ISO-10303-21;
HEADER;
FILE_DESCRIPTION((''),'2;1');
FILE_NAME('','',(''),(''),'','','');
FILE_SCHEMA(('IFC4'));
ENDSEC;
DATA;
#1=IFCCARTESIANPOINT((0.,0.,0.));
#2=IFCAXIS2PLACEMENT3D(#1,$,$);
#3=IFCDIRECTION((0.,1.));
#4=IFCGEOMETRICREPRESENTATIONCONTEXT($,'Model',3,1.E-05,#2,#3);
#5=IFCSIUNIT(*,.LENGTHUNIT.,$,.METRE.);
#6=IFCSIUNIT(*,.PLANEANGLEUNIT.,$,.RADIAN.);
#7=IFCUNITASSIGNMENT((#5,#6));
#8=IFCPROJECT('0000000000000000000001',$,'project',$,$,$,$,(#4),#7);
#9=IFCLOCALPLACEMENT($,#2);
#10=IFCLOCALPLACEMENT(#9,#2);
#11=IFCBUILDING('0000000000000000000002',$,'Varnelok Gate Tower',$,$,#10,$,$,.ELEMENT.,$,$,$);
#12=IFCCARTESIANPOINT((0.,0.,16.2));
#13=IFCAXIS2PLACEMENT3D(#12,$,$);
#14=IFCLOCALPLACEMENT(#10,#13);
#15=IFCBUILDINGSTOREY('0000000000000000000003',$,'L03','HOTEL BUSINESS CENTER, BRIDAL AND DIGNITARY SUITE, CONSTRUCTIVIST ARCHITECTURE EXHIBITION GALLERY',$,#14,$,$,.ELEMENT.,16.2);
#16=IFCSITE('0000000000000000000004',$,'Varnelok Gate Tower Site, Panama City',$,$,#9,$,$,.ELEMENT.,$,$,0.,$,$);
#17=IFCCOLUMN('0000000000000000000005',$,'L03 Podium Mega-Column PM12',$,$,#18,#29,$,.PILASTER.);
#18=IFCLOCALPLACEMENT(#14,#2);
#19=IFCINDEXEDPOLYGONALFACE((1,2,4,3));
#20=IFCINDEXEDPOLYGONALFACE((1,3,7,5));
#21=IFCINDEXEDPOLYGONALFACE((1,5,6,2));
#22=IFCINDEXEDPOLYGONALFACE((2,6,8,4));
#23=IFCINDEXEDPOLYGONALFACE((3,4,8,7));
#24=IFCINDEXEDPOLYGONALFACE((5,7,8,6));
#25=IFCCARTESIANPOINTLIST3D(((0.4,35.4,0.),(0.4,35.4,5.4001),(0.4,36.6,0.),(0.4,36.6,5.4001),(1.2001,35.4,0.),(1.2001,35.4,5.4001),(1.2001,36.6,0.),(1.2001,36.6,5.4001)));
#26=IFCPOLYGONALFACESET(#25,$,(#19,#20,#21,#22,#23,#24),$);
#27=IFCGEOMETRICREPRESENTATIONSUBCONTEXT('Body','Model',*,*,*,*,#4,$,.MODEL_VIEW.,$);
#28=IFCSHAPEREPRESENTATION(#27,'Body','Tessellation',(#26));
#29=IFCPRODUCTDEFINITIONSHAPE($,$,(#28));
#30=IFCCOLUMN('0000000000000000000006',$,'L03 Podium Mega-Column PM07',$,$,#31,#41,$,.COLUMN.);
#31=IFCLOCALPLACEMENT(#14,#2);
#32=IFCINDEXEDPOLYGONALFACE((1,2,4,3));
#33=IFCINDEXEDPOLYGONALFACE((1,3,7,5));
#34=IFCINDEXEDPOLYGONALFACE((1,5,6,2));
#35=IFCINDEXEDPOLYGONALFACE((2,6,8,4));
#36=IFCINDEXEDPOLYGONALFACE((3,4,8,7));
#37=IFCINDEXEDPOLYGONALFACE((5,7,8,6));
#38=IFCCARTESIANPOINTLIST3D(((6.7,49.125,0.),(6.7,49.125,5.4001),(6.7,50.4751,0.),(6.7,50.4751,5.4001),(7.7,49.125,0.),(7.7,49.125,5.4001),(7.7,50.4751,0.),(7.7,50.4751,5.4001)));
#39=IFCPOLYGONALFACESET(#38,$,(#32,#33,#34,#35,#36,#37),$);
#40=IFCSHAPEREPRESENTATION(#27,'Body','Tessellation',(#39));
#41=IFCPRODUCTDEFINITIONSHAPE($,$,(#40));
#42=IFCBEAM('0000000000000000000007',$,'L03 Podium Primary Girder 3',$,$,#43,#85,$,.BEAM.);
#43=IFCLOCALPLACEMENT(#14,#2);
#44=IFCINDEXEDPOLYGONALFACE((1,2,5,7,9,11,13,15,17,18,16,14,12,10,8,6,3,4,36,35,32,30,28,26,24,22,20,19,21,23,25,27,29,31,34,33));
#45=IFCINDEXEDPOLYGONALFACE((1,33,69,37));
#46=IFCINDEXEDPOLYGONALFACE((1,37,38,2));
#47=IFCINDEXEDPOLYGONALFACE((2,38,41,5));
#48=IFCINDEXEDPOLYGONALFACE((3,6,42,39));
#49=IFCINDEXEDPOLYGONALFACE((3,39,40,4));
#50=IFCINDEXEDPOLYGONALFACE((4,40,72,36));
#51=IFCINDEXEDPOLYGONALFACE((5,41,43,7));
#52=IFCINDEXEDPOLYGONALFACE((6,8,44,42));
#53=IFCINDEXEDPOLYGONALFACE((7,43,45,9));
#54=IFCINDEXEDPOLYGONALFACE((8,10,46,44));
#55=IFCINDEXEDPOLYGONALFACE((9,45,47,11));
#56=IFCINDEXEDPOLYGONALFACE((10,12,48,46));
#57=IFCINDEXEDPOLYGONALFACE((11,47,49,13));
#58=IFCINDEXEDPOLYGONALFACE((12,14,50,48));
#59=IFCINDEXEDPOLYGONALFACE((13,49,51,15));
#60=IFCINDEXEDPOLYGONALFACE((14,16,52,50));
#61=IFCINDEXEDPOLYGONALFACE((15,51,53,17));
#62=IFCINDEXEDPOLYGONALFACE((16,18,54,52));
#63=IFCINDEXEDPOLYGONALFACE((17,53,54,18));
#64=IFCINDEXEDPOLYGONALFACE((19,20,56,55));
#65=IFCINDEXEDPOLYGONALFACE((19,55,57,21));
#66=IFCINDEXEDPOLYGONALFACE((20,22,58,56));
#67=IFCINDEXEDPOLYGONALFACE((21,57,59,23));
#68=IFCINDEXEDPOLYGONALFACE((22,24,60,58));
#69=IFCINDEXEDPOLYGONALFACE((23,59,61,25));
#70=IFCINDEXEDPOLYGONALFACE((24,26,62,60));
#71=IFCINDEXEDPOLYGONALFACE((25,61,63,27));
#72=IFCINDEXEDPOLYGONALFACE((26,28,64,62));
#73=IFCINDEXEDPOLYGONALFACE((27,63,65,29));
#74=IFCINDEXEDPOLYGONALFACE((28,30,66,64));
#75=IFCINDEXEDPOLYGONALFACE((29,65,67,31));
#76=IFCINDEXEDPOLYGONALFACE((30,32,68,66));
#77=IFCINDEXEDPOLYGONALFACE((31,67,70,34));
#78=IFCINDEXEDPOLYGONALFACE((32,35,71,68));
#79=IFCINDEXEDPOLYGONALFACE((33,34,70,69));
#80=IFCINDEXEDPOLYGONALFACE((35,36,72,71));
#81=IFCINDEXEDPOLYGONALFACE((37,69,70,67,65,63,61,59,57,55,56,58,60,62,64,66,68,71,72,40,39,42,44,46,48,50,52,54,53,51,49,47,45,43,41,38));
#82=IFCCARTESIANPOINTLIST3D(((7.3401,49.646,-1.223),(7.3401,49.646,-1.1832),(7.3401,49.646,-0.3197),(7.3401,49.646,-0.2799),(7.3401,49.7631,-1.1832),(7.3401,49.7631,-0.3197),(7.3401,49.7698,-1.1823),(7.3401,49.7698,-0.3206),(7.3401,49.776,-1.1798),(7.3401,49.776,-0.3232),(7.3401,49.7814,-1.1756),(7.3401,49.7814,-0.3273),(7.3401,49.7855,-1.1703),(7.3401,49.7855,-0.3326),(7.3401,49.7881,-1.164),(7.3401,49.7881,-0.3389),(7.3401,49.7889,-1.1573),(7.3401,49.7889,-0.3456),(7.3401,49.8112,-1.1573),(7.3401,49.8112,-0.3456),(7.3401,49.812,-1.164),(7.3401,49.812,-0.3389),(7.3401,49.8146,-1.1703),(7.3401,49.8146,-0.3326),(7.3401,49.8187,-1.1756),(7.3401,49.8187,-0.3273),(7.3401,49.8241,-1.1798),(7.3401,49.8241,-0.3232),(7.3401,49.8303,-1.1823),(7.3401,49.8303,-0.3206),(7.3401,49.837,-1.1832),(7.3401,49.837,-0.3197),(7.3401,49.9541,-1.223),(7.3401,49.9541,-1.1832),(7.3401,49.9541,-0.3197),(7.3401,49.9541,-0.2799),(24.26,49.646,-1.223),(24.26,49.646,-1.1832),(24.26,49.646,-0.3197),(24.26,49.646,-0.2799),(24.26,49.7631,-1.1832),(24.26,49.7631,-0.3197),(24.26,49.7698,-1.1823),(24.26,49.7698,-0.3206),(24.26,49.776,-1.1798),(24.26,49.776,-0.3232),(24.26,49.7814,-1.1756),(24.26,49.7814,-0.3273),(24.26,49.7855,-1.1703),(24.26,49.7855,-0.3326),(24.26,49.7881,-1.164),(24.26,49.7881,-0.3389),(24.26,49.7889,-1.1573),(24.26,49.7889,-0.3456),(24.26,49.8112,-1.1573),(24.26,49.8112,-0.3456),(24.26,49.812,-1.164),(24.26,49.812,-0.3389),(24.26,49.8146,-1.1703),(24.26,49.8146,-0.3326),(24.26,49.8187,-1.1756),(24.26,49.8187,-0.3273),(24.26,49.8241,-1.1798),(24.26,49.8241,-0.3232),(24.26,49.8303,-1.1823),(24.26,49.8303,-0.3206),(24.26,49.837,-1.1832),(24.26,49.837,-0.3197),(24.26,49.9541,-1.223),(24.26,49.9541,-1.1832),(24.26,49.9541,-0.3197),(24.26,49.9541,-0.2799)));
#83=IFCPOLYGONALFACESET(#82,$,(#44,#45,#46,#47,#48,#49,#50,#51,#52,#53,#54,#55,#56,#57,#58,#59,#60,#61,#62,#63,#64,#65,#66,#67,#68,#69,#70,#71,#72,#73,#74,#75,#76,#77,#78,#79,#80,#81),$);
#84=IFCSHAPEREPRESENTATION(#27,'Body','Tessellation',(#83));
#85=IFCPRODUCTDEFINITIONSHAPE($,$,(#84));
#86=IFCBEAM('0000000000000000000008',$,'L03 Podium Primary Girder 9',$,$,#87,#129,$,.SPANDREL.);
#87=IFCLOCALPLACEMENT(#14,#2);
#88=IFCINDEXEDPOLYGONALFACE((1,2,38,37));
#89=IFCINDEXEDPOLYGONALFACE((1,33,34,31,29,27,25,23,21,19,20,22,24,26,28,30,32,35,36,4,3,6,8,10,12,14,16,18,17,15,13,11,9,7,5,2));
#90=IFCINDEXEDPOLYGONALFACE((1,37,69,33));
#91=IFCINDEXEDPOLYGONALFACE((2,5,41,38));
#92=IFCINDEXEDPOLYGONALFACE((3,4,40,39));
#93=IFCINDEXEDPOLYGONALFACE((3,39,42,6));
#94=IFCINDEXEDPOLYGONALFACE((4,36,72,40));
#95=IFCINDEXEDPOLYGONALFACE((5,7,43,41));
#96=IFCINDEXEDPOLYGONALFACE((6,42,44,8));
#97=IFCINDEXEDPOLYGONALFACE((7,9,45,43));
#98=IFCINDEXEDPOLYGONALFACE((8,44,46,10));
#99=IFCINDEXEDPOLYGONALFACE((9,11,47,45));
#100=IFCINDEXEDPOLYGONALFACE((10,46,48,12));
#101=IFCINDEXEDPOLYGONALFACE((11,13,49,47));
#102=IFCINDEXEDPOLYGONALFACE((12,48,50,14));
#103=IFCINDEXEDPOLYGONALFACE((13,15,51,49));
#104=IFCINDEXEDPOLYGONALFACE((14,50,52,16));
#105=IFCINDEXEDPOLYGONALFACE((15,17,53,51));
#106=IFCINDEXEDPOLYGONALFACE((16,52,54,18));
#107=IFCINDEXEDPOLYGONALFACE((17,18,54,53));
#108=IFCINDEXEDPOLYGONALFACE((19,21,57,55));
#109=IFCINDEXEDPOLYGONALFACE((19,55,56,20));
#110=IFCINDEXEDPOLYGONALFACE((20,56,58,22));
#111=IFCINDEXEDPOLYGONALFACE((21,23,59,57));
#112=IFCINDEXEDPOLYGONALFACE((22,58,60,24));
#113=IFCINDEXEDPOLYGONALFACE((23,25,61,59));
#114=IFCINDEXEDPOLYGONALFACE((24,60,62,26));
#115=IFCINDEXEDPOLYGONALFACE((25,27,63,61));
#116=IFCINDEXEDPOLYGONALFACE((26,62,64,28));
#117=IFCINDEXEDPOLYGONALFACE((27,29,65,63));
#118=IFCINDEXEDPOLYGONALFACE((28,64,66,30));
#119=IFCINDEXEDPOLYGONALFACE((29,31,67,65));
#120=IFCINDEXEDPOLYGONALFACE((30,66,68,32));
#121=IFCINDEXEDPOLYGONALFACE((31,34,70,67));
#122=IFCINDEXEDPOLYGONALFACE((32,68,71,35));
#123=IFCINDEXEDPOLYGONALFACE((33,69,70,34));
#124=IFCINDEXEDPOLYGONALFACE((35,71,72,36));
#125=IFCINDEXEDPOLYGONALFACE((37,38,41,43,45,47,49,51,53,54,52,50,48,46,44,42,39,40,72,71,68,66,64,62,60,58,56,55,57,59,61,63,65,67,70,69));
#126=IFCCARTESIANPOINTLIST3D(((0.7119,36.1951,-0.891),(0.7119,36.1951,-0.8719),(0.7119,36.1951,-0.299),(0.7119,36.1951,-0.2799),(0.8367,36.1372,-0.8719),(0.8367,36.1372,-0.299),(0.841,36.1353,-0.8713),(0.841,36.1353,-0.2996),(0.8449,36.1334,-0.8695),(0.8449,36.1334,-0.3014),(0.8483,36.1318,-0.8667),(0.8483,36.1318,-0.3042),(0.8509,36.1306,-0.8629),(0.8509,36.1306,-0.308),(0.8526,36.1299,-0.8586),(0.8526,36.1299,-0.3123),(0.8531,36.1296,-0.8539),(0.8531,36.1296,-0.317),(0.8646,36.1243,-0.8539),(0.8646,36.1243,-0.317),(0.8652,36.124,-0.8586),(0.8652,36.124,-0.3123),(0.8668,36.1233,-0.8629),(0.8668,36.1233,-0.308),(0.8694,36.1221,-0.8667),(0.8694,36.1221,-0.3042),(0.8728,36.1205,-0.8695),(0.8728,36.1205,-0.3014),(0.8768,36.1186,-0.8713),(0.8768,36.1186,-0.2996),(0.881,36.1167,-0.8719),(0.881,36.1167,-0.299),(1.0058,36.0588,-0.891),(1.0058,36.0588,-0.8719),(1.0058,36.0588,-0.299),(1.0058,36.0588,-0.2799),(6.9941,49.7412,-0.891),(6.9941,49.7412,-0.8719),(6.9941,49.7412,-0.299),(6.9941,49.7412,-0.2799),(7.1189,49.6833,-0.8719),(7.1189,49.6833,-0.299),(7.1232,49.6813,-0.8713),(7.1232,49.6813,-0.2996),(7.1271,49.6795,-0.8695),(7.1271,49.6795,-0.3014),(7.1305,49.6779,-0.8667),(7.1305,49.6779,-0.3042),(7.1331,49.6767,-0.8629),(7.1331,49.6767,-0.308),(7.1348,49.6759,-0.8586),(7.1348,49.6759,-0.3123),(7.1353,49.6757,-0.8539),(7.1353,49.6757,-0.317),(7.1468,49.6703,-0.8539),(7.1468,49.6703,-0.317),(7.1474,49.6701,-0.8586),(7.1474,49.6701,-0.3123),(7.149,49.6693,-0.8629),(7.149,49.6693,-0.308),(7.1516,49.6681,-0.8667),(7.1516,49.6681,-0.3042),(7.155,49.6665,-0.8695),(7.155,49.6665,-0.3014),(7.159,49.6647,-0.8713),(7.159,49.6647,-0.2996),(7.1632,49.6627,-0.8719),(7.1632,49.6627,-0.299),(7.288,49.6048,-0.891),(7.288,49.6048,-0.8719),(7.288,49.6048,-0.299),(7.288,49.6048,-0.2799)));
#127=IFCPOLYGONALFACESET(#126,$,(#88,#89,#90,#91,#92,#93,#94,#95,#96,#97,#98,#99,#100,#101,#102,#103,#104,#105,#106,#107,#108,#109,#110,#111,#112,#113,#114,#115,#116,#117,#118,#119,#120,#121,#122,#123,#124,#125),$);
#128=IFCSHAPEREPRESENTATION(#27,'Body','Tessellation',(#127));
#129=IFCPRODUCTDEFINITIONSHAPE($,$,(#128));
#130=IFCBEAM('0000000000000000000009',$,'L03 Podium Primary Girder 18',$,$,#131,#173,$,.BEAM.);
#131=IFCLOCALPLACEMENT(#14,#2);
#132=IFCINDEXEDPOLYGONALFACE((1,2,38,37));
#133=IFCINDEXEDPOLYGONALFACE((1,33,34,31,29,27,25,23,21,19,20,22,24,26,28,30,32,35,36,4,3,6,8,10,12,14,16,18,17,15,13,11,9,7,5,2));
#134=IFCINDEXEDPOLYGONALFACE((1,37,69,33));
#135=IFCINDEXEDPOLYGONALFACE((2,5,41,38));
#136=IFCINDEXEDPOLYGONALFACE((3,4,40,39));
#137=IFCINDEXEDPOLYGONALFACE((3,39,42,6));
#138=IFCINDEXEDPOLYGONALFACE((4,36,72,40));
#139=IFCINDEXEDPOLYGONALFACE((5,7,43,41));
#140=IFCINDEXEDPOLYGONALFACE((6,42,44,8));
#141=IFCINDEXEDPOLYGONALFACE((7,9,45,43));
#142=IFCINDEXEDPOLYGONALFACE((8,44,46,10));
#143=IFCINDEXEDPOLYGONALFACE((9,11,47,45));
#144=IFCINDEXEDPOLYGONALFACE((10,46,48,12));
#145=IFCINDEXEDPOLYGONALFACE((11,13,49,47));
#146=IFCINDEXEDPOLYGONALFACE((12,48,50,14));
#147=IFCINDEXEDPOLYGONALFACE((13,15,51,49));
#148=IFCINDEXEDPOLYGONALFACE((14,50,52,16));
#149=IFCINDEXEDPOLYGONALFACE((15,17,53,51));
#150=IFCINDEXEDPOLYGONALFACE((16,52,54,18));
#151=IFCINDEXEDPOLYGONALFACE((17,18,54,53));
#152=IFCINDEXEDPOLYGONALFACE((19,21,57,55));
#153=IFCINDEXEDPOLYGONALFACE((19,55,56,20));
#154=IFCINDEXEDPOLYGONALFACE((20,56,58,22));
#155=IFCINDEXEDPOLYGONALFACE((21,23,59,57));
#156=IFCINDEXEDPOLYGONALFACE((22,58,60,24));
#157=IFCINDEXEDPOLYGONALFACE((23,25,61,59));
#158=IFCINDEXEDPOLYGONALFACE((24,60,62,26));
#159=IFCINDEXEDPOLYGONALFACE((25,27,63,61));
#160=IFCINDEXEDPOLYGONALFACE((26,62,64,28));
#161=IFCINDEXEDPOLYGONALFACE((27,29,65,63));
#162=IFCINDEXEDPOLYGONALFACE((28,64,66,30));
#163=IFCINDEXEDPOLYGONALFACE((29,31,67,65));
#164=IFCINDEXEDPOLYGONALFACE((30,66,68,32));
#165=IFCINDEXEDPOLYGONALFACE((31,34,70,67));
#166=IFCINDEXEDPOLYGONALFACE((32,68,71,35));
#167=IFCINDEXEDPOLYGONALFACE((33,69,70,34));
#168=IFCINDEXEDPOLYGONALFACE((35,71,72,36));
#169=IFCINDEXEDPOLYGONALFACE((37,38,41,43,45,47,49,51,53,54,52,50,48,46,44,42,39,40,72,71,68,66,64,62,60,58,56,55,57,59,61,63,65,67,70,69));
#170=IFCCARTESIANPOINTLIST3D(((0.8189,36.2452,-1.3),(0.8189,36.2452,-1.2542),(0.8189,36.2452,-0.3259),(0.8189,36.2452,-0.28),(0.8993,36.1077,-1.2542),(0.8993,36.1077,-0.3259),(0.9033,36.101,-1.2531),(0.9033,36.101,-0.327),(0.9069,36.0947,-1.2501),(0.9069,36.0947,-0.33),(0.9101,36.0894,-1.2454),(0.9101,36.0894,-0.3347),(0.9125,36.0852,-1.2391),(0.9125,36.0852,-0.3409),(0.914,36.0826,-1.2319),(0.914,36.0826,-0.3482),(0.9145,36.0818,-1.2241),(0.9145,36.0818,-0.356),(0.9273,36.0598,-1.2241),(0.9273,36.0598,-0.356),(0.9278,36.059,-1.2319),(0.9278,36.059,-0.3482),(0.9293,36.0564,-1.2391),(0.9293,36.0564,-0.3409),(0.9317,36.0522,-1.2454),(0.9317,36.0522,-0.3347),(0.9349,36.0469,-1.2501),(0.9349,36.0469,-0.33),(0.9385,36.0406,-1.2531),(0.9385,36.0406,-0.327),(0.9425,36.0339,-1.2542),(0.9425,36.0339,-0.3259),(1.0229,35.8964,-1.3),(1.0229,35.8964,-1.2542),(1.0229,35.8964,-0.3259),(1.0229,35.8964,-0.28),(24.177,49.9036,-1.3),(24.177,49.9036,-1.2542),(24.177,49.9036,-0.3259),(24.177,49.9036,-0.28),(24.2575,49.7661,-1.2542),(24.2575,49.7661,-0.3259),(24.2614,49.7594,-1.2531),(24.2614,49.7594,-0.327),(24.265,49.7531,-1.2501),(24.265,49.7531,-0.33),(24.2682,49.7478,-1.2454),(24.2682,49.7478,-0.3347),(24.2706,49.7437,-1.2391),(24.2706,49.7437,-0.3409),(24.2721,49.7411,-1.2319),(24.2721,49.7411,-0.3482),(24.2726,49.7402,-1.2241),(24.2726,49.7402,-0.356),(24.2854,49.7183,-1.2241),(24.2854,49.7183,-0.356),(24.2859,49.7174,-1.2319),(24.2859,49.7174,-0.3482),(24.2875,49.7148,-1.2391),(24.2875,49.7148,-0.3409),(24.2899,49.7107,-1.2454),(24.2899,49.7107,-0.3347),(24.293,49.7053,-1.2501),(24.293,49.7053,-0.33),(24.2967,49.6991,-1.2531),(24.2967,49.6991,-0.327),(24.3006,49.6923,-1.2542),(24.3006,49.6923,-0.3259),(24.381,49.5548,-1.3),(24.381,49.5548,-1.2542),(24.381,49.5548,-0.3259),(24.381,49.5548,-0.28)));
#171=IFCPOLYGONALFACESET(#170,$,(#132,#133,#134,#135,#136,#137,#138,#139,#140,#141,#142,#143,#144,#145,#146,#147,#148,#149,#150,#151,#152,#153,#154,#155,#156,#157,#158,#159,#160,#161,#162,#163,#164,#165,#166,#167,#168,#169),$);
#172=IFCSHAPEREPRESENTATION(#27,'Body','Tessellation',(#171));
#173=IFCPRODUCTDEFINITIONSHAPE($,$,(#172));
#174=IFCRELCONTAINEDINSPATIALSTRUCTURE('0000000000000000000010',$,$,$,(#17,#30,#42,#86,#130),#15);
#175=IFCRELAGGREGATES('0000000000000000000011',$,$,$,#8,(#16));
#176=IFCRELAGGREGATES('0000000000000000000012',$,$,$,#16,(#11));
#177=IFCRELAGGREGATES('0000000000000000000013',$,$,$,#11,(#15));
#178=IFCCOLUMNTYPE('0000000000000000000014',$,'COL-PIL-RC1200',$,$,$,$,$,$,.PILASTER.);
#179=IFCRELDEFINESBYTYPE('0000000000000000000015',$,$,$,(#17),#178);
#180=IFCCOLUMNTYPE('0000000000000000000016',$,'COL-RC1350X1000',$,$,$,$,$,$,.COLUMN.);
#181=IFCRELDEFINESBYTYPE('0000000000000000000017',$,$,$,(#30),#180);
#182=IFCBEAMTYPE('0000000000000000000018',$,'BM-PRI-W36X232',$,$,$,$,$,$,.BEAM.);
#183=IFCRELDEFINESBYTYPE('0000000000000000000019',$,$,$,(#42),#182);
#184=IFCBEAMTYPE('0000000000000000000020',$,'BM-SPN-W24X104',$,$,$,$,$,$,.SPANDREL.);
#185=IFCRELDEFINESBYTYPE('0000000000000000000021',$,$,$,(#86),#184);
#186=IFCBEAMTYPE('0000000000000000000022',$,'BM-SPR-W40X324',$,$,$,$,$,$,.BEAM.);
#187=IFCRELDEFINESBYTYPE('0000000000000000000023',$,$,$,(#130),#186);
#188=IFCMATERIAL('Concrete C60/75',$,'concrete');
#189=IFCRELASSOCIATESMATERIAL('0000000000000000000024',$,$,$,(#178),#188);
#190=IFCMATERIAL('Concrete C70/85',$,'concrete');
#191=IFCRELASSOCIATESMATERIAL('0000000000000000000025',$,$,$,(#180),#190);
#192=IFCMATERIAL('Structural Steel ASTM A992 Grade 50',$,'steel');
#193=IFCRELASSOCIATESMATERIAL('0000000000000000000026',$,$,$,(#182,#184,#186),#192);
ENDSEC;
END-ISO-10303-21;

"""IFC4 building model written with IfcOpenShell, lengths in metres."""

from ifc_helpers import new_model, si_unit, direction, frame, origin, origin_2d, place, context, subcontext, project, spatial, rectangle, i_section, extrude, material, material_profile, profile_set, type_object, element, save


model = new_model("IFC4")

# Units and contexts
model_context = context("Model", 3, precision=1e-05, world=origin(), true_north=direction((0.0, 1.0)))
body_context = subcontext(model_context, "Body", "Model", "MODEL_VIEW")
ifc_project = project(units=[si_unit("LENGTHUNIT", "METRE"), si_unit("PLANEANGLEUNIT", "RADIAN")], contexts=[model_context])

# Site, building, storey
site_placement = place(None, origin())
site = spatial("IfcSite", under=ifc_project, at=site_placement, Name="Varnelok Gate Tower Site, Panama City", CompositionType="ELEMENT", RefElevation=0.0)
building_placement = place(site_placement, origin())
building = spatial("IfcBuilding", under=site, at=building_placement, Name="Varnelok Gate Tower", CompositionType="ELEMENT")
storey_placement = place(building_placement, frame((0.0, 0.0, 16.2)))
storey = spatial("IfcBuildingStorey", under=building, at=storey_placement, Name="L03", Description="HOTEL BUSINESS CENTER, BRIDAL AND DIGNITARY SUITE, CONSTRUCTIVIST ARCHITECTURE EXHIBITION GALLERY", CompositionType="ELEMENT", Elevation=16.2)

# Columns
ifc_material_1 = material(Name="Concrete C60/75", Category="concrete")
ifc_material_profile_1 = material_profile(ifc_material_1, rectangle(XDim=0.8, YDim=1.2, at=origin_2d()), Name="RC1200X800")
ifc_profile_set_1 = profile_set([ifc_material_profile_1], Name="Concrete C60/75")
column_type_1 = type_object("IfcColumnType", Name="COL-PIL-RC1200", PredefinedType="PILASTER", material=ifc_profile_set_1)
column_1_placement = place(storey_placement, frame((0.8, 36.0, 0.0), z_axis=(0.0, 0.0, 1.0), x_axis=(1.0, 0.0, 0.0)))
element("IfcColumn", 1, at=column_1_placement, inside=storey, type_object=column_type_1, Name="L03 Podium Mega-Column PM12", PredefinedType="PILASTER", context=body_context, shape_type="SweptSolid", body=[
    extrude(rectangle(XDim=0.8, YDim=1.2, at=origin_2d()), origin(), (0.0, 0.0, 1.0), 5.4001),
])
ifc_material_2 = material(Name="Concrete C70/85", Category="concrete")
ifc_material_profile_2 = material_profile(ifc_material_2, rectangle(XDim=1.0, YDim=1.3501, at=origin_2d()), Name="RC1350X1000")
ifc_profile_set_2 = profile_set([ifc_material_profile_2], Name="Concrete C70/85")
column_type_2 = type_object("IfcColumnType", Name="COL-RC1350X1000", PredefinedType="COLUMN", material=ifc_profile_set_2)
column_2_placement = place(storey_placement, frame((7.2, 49.8, 0.0), z_axis=(0.0, 0.0, 1.0), x_axis=(1.0, 0.0, 0.0)))
element("IfcColumn", 2, at=column_2_placement, inside=storey, type_object=column_type_2, Name="L03 Podium Mega-Column PM07", PredefinedType="COLUMN", context=body_context, shape_type="SweptSolid", body=[
    extrude(rectangle(XDim=1.0, YDim=1.3501, at=origin_2d()), origin(), (0.0, 0.0, 1.0), 5.4001),
])

# Beams
ifc_material_3 = material(Name="Structural Steel ASTM A992 Grade 50", Category="steel")
ifc_material_profile_3 = material_profile(ifc_material_3, i_section(OverallWidth=0.3081, OverallDepth=0.9431, WebThickness=0.0222, FlangeThickness=0.0398, FilletRadius=0.0259, at=origin_2d()), Name="W36X232")
ifc_profile_set_3 = profile_set([ifc_material_profile_3], Name="Structural Steel ASTM A992 Grade 50")
beam_type_1 = type_object("IfcBeamType", Name="BM-PRI-W36X232", PredefinedType="BEAM", material=ifc_profile_set_3)
beam_1_placement = place(storey_placement, frame((7.3401, 49.8, -0.7515), z_axis=(1.0, 0.0, 0.0), x_axis=(0.0, 1.0, 0.0)))
element("IfcBeam", 3, at=beam_1_placement, inside=storey, type_object=beam_type_1, Name="L03 Podium Primary Girder 3", PredefinedType="BEAM", context=body_context, shape_type="SweptSolid", body=[
    extrude(i_section(OverallWidth=0.3081, OverallDepth=0.9431, WebThickness=0.0222, FlangeThickness=0.0398, FilletRadius=0.0259, at=origin_2d()), origin(), (0.0, 0.0, 1.0), 16.9199),
])
ifc_material_profile_4 = material_profile(ifc_material_3, i_section(OverallWidth=0.324, OverallDepth=0.6111, WebThickness=0.0127, FlangeThickness=0.019, FilletRadius=0.0181, at=origin_2d()), Name="W24X104")
ifc_profile_set_4 = profile_set([ifc_material_profile_4], Name="Structural Steel ASTM A992 Grade 50")
beam_type_2 = type_object("IfcBeamType", Name="BM-SPN-W24X104", PredefinedType="SPANDREL", material=ifc_profile_set_4)
beam_2_placement = place(storey_placement, frame((0.8589, 36.127, -0.5854), z_axis=(0.420723, 0.907189, 0.0), x_axis=(-0.907189, 0.420723, 0.0)))
element("IfcBeam", 4, at=beam_2_placement, inside=storey, type_object=beam_type_2, Name="L03 Podium Primary Girder 9", PredefinedType="SPANDREL", context=body_context, shape_type="SweptSolid", body=[
    extrude(i_section(OverallWidth=0.324, OverallDepth=0.6111, WebThickness=0.0127, FlangeThickness=0.019, FilletRadius=0.0181, at=origin_2d()), origin(), (0.0, 0.0, 1.0), 14.9319),
])
ifc_material_profile_5 = material_profile(ifc_material_3, i_section(OverallWidth=0.4041, OverallDepth=1.02, WebThickness=0.0254, FlangeThickness=0.0459, FilletRadius=0.03, at=origin_2d()), Name="W40X324")
ifc_profile_set_5 = profile_set([ifc_material_profile_5], Name="Structural Steel ASTM A992 Grade 50")
beam_type_3 = type_object("IfcBeamType", Name="BM-SPR-W40X324", PredefinedType="BEAM", material=ifc_profile_set_5)
beam_3_placement = place(storey_placement, frame((0.9209, 36.0708, -0.79), z_axis=(0.86325, 0.504777, 0.0), x_axis=(-0.504777, 0.86325, 0.0)))
element("IfcBeam", 5, at=beam_3_placement, inside=storey, type_object=beam_type_3, Name="L03 Podium Primary Girder 18", PredefinedType="BEAM", context=body_context, shape_type="SweptSolid", body=[
    extrude(i_section(OverallWidth=0.4041, OverallDepth=1.02, WebThickness=0.0254, FlangeThickness=0.0459, FilletRadius=0.03, at=origin_2d()), origin(), (0.0, 0.0, 1.0), 27.0583),
])

save(model, "model.ifc")
